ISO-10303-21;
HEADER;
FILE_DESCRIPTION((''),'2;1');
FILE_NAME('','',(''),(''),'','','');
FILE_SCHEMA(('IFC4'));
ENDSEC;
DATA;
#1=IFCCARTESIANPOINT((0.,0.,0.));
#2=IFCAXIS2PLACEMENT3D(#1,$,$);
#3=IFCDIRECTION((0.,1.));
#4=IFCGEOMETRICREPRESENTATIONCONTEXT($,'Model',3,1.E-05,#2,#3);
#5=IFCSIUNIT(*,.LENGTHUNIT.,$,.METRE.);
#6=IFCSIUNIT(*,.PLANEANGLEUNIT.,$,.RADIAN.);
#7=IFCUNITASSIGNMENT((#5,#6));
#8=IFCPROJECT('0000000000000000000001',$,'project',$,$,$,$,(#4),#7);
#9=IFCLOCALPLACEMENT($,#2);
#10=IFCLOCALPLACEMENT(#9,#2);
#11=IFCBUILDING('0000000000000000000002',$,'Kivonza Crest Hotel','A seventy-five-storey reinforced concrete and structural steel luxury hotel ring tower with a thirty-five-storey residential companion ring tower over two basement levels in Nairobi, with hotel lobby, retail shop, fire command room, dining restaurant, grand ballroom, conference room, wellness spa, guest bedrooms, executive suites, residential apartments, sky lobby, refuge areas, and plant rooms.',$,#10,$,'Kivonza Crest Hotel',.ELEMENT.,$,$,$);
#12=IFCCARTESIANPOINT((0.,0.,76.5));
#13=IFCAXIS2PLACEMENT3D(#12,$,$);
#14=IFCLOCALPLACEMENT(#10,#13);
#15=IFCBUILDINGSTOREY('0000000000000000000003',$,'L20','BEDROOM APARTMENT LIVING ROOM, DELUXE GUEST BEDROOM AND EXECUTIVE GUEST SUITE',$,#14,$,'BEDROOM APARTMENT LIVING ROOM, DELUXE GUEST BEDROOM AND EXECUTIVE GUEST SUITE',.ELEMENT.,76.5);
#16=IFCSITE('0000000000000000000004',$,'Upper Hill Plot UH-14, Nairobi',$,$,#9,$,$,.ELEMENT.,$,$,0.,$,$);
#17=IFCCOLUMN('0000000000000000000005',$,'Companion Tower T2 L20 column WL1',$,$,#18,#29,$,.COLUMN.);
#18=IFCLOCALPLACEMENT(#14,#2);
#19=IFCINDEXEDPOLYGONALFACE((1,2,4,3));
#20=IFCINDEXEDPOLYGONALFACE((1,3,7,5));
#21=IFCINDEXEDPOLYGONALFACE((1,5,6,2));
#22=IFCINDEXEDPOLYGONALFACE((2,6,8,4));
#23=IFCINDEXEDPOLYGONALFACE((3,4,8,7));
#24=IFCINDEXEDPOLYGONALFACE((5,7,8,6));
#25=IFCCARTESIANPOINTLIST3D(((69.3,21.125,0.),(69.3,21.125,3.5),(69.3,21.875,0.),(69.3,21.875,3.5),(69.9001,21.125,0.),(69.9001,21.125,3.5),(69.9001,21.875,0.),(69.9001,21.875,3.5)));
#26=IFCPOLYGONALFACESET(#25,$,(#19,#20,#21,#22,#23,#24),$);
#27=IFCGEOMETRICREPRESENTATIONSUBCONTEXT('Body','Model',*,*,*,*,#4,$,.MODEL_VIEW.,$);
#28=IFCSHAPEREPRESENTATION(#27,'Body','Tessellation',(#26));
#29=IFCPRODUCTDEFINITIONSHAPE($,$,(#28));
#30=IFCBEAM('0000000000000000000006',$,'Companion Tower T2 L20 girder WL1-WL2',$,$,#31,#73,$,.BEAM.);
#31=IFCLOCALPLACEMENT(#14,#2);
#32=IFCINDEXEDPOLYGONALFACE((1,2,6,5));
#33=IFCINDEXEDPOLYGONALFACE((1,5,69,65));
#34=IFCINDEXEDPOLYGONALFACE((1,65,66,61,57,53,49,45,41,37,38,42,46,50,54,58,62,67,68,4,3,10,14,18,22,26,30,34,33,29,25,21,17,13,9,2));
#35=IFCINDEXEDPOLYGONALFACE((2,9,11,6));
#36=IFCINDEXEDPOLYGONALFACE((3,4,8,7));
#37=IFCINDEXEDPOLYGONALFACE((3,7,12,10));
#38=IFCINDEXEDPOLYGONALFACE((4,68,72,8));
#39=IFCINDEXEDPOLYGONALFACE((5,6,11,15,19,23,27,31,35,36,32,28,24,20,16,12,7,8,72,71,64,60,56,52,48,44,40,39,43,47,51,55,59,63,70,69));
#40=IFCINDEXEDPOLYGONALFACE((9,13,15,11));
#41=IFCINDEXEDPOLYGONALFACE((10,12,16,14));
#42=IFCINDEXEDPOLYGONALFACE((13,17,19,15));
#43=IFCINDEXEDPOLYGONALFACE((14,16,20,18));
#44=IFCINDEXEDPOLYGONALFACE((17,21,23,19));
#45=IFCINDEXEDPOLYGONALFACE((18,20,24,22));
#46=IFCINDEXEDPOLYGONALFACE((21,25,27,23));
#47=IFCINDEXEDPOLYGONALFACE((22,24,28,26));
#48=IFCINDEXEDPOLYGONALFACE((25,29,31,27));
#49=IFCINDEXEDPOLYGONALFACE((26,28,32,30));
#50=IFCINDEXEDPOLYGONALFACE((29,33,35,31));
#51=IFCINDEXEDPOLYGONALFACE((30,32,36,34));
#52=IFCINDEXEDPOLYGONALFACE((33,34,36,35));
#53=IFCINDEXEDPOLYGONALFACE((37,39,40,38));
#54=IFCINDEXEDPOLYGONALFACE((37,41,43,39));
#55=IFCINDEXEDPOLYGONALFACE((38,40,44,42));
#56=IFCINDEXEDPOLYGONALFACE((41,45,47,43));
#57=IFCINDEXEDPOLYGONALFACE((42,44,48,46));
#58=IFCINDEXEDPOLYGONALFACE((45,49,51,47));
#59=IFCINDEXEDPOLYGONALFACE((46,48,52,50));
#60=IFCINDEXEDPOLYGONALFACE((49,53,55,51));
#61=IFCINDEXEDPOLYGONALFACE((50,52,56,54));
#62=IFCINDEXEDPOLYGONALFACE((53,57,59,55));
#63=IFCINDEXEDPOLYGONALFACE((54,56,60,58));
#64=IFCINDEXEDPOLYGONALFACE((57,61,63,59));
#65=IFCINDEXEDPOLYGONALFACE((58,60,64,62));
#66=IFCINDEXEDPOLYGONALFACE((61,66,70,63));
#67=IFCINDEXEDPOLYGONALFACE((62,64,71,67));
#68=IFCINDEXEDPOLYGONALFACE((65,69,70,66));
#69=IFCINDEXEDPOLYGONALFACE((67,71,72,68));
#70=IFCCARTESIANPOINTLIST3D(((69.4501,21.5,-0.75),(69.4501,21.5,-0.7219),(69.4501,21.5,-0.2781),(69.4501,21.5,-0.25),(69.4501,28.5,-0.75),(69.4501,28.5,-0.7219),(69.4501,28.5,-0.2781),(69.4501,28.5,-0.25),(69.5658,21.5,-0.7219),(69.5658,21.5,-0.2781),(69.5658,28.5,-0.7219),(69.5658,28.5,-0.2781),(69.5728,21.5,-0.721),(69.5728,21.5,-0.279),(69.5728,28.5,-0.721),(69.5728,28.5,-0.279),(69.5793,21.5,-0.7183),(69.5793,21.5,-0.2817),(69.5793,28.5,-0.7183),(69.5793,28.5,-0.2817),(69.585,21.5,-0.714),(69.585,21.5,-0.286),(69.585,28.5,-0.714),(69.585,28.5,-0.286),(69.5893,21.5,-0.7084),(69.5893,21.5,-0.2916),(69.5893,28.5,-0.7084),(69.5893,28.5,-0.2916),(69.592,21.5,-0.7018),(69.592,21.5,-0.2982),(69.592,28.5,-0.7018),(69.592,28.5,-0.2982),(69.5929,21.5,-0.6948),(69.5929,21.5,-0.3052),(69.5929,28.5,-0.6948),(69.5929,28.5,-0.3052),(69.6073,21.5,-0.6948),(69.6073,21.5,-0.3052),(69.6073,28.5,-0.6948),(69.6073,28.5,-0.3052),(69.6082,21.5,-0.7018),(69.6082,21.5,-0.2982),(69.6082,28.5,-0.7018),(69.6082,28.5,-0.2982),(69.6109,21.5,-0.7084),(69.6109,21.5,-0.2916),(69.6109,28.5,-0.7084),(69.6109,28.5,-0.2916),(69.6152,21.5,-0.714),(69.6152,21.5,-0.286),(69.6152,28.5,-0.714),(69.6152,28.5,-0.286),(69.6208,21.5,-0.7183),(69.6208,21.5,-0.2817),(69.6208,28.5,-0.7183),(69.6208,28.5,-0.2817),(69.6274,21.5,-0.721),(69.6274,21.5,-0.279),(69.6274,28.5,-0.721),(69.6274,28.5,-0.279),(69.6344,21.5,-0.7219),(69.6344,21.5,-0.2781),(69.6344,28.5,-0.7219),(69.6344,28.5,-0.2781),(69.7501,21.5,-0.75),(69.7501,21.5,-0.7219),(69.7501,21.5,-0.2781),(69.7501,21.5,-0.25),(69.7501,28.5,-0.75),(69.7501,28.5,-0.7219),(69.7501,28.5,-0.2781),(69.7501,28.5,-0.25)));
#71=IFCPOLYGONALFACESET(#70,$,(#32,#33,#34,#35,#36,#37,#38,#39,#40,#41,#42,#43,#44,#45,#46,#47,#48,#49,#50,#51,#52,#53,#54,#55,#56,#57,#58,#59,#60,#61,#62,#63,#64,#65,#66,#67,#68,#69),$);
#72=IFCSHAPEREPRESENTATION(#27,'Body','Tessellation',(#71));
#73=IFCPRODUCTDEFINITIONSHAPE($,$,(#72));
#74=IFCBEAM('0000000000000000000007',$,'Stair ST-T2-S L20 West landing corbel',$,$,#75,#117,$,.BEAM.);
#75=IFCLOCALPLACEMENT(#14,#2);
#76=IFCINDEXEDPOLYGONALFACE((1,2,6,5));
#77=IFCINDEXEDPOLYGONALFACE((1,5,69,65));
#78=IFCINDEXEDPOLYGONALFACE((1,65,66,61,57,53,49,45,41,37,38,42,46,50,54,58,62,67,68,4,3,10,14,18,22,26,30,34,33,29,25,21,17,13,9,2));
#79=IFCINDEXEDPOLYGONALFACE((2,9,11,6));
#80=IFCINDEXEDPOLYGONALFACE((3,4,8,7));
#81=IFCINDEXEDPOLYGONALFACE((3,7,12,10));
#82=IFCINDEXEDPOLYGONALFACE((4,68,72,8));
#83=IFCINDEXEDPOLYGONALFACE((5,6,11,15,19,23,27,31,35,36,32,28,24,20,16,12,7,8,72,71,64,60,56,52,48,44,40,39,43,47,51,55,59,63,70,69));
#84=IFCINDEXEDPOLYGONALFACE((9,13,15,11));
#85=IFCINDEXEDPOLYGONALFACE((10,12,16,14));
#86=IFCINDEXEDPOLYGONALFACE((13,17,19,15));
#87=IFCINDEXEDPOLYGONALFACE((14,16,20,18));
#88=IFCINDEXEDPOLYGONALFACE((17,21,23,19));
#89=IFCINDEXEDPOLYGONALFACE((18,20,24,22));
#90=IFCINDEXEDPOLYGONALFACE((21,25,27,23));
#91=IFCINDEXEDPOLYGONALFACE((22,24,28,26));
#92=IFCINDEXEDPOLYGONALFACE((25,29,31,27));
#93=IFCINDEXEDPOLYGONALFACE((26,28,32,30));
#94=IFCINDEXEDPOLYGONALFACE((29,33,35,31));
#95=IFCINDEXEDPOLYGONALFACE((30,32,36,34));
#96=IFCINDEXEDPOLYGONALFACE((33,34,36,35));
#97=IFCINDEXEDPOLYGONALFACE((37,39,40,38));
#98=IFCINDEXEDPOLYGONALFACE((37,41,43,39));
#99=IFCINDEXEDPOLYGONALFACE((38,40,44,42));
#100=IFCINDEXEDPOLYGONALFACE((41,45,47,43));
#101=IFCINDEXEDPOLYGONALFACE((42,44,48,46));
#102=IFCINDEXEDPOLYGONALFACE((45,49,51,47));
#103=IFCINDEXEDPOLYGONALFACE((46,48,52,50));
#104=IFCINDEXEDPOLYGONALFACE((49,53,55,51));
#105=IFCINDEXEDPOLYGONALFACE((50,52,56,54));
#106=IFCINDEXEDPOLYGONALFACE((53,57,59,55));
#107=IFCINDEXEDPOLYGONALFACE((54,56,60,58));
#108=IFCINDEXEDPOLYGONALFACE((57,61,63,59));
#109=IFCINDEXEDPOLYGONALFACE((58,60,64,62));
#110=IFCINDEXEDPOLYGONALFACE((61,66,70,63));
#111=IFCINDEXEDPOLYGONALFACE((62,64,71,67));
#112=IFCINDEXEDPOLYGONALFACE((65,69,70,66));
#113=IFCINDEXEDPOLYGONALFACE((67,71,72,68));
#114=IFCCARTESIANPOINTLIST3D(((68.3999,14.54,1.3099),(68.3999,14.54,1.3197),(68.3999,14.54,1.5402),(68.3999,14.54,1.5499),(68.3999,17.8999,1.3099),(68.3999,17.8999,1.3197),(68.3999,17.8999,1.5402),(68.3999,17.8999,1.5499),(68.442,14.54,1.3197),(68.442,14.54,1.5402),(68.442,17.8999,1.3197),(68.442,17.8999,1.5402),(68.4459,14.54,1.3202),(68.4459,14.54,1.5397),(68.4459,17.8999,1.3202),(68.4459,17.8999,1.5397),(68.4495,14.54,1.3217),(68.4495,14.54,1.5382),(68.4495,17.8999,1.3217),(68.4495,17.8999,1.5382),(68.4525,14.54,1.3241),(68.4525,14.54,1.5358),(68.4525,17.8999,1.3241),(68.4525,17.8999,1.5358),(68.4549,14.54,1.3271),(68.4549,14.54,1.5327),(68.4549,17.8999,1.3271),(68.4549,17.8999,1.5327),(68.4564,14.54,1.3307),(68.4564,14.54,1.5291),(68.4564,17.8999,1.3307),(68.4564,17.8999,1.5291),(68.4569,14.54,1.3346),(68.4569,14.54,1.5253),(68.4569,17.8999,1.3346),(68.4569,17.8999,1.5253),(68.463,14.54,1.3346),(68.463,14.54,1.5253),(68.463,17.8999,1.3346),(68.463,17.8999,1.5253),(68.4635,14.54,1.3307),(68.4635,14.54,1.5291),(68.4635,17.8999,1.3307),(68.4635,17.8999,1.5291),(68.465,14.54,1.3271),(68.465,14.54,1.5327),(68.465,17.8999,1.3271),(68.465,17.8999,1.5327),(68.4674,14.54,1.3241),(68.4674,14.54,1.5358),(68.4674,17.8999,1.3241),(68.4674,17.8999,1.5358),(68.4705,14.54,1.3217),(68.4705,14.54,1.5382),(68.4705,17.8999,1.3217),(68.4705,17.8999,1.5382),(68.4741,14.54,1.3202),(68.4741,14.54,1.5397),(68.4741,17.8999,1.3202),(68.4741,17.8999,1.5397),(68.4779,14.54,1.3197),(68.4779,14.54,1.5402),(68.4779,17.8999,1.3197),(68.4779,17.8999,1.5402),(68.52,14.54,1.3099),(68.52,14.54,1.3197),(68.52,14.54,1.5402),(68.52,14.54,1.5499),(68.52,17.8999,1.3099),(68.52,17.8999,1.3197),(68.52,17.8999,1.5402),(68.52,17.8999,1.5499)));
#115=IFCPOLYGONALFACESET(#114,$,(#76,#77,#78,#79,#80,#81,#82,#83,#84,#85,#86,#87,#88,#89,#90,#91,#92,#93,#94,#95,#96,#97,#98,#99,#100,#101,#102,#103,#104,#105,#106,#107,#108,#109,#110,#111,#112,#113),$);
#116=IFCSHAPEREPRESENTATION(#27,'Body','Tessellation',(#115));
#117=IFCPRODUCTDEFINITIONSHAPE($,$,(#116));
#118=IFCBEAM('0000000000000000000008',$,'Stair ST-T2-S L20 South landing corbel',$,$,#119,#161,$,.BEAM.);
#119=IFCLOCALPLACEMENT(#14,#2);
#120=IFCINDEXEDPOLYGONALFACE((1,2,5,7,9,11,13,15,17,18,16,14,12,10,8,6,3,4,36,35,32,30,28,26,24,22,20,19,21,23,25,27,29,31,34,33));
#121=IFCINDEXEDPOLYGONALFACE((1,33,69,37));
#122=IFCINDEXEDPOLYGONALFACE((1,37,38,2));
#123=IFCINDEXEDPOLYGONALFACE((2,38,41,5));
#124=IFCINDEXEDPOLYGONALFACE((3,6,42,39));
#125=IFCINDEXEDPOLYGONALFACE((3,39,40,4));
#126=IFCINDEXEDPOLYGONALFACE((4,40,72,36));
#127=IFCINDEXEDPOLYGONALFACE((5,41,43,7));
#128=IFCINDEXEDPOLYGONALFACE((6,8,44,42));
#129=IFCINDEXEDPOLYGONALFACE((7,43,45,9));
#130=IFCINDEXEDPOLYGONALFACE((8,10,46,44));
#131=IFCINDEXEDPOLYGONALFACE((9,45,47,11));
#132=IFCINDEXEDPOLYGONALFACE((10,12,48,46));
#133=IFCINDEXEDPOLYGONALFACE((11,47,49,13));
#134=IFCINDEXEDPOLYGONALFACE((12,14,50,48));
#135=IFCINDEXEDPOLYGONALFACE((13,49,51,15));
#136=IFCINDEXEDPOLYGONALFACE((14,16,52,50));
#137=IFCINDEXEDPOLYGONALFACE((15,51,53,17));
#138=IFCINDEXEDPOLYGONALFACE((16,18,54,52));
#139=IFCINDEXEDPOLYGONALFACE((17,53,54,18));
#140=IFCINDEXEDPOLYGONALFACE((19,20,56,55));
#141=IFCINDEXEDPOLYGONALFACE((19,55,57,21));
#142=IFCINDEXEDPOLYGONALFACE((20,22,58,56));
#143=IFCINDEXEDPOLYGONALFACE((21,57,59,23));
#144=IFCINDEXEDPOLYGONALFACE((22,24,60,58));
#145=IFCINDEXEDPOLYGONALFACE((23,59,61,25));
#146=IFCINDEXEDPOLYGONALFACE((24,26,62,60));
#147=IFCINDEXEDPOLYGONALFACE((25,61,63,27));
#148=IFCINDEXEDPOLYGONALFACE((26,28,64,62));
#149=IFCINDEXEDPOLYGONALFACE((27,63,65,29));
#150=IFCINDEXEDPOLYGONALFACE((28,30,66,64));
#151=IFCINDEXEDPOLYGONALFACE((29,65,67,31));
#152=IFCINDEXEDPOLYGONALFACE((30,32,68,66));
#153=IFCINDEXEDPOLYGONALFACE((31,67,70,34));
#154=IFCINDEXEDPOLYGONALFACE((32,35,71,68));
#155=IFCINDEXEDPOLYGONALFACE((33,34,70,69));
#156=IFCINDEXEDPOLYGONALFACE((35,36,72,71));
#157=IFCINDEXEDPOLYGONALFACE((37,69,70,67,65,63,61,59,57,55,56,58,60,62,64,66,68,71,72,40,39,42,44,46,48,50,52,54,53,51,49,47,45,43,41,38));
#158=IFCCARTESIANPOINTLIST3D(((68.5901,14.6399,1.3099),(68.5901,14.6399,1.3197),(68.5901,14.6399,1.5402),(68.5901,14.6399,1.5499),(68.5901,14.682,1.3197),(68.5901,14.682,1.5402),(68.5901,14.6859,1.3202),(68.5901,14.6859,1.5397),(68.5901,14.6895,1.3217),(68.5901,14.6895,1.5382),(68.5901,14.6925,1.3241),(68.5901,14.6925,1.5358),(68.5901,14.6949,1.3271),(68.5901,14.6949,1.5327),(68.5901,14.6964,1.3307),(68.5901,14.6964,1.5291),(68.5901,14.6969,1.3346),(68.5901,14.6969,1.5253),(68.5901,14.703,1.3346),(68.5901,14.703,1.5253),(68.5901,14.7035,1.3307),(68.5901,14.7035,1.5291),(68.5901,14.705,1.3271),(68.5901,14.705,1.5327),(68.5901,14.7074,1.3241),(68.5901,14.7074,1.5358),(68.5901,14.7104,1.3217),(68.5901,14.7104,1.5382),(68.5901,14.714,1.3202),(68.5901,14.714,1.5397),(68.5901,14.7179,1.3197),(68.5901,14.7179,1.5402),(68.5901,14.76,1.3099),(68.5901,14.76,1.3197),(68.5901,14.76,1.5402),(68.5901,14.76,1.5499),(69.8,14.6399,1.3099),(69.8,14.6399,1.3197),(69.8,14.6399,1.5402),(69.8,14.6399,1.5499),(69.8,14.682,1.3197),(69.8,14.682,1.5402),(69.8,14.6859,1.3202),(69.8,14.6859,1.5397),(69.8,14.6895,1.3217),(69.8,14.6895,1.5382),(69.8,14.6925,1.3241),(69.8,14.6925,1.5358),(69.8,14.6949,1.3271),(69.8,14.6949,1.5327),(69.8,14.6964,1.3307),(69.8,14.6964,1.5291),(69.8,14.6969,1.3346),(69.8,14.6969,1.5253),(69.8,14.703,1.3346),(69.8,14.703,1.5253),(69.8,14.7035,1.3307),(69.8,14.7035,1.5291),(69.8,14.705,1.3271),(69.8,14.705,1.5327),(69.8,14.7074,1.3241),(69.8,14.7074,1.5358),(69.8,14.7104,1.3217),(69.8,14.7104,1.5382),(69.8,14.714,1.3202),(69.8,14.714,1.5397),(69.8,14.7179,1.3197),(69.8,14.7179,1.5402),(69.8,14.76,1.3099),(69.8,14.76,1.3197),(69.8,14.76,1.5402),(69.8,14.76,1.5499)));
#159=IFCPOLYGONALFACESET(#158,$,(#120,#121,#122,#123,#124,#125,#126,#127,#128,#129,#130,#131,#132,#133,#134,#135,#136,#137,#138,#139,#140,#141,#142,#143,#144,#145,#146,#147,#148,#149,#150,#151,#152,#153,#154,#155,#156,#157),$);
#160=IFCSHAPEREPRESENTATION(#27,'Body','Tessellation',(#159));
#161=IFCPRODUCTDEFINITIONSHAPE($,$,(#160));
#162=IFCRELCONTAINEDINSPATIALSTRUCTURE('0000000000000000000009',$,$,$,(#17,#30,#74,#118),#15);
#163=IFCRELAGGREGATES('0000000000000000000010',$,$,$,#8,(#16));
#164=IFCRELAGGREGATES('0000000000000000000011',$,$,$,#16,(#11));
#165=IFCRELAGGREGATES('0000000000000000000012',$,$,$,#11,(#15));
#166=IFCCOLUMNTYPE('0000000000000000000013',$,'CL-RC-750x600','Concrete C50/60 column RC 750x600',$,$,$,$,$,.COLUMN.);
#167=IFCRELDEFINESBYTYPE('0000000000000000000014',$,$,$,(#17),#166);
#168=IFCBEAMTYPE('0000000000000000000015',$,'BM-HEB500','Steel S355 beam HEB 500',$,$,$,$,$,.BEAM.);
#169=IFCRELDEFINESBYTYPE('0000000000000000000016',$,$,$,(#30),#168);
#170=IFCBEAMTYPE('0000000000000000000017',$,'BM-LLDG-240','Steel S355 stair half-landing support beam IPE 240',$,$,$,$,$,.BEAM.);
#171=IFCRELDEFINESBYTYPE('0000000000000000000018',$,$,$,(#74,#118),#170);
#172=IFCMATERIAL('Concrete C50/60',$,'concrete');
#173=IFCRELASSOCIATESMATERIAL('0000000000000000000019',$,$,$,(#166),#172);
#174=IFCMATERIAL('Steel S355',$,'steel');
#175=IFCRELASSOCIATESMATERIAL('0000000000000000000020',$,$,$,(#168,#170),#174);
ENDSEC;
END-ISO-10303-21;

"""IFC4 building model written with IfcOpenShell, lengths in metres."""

from ifc_helpers import new_model, si_unit, direction, frame, origin, origin_2d, place, context, subcontext, project, spatial, rectangle, i_section, extrude, material, material_profile, profile_set, type_object, element, save


model = new_model("IFC4")

# Units and contexts
model_context = context("Model", 3, precision=1e-05, world=origin(), true_north=direction((0.0, 1.0)))
body_context = subcontext(model_context, "Body", "Model", "MODEL_VIEW")
ifc_project = project(units=[si_unit("LENGTHUNIT", "METRE"), si_unit("PLANEANGLEUNIT", "RADIAN")], contexts=[model_context])

# Site, building, storey
site_placement = place(None, origin())
site = spatial("IfcSite", under=ifc_project, at=site_placement, Name="Upper Hill Plot UH-14, Nairobi", CompositionType="ELEMENT", RefElevation=0.0)
building_placement = place(site_placement, origin())
building = spatial("IfcBuilding", under=site, at=building_placement, Name="Kivonza Crest Hotel", Description="A seventy-five-storey reinforced concrete and structural steel luxury hotel ring tower with a thirty-five-storey residential companion ring tower over two basement levels in Nairobi, with hotel lobby, retail shop, fire command room, dining restaurant, grand ballroom, conference room, wellness spa, guest bedrooms, executive suites, residential apartments, sky lobby, refuge areas, and plant rooms.", LongName="Kivonza Crest Hotel", CompositionType="ELEMENT")
storey_placement = place(building_placement, frame((0.0, 0.0, 76.5)))
storey = spatial("IfcBuildingStorey", under=building, at=storey_placement, Name="L20", Description="BEDROOM APARTMENT LIVING ROOM, DELUXE GUEST BEDROOM AND EXECUTIVE GUEST SUITE", LongName="BEDROOM APARTMENT LIVING ROOM, DELUXE GUEST BEDROOM AND EXECUTIVE GUEST SUITE", CompositionType="ELEMENT", Elevation=76.5)

# Column
ifc_material_1 = material(Name="Concrete C50/60", Category="concrete")
ifc_material_profile_1 = material_profile(ifc_material_1, rectangle(XDim=0.6001, YDim=0.75, at=origin_2d()), Name="RC 750x600")
ifc_profile_set_1 = profile_set([ifc_material_profile_1], Name="Concrete C50/60")
column_type = type_object("IfcColumnType", Name="CL-RC-750x600", Description="Concrete C50/60 column RC 750x600", PredefinedType="COLUMN", material=ifc_profile_set_1)
column_placement = place(storey_placement, frame((69.6001, 21.5, 0.0), z_axis=(0.0, 0.0, 1.0), x_axis=(1.0, 0.0, 0.0)))
element("IfcColumn", 1, at=column_placement, inside=storey, type_object=column_type, Name="Companion Tower T2 L20 column WL1", PredefinedType="COLUMN", context=body_context, shape_type="SweptSolid", body=[
    extrude(rectangle(XDim=0.6001, YDim=0.75, at=origin_2d()), origin(), (0.0, 0.0, 1.0), 3.5),
])

# Beams
ifc_material_2 = material(Name="Steel S355", Category="steel")
ifc_material_profile_2 = material_profile(ifc_material_2, i_section(OverallWidth=0.3, OverallDepth=0.5, WebThickness=0.0144, FlangeThickness=0.0281, FilletRadius=0.0271, at=origin_2d()), Name="HEB 500")
ifc_profile_set_2 = profile_set([ifc_material_profile_2], Name="Steel S355")
beam_type_1 = type_object("IfcBeamType", Name="BM-HEB500", Description="Steel S355 beam HEB 500", PredefinedType="BEAM", material=ifc_profile_set_2)
beam_1_placement = place(storey_placement, frame((69.6001, 21.5, -0.5), z_axis=(0.0, 1.0, 0.0), x_axis=(-1.0, 0.0, 0.0)))
element("IfcBeam", 2, at=beam_1_placement, inside=storey, type_object=beam_type_1, Name="Companion Tower T2 L20 girder WL1-WL2", PredefinedType="BEAM", context=body_context, shape_type="SweptSolid", body=[
    extrude(i_section(OverallWidth=0.3, OverallDepth=0.5, WebThickness=0.0144, FlangeThickness=0.0281, FilletRadius=0.0271, at=origin_2d()), origin(), (0.0, 0.0, 1.0), 7.0),
])
ifc_material_profile_3 = material_profile(ifc_material_2, i_section(OverallWidth=0.1201, OverallDepth=0.24, WebThickness=0.0061, FlangeThickness=0.0098, FilletRadius=0.0149, at=origin_2d()), Name="IPE 240")
ifc_profile_set_3 = profile_set([ifc_material_profile_3], Name="Steel S355")
beam_type_2 = type_object("IfcBeamType", Name="BM-LLDG-240", Description="Steel S355 stair half-landing support beam IPE 240", PredefinedType="BEAM", material=ifc_profile_set_3)
beam_2_placement = place(storey_placement, frame((68.46, 14.54, 1.4299), z_axis=(0.0, 1.0, 0.0), x_axis=(-1.0, 0.0, 0.0)))
element("IfcBeam", 3, at=beam_2_placement, inside=storey, type_object=beam_type_2, Name="Stair ST-T2-S L20 West landing corbel", PredefinedType="BEAM", context=body_context, shape_type="SweptSolid", body=[
    extrude(i_section(OverallWidth=0.1201, OverallDepth=0.24, WebThickness=0.0061, FlangeThickness=0.0098, FilletRadius=0.0149, at=origin_2d()), origin(), (0.0, 0.0, 1.0), 3.3599),
])
for number, where, z_axis, x_axis, name in (
    (4, (68.5901, 14.7, 1.4299), (1.0, 0.0, 0.0), (0.0, 1.0, 0.0), "Stair ST-T2-S L20 South landing corbel"),
):
    element("IfcBeam", number, at=place(storey_placement, frame(where, z_axis=z_axis, x_axis=x_axis)), inside=storey, type_object=beam_type_2, Name=name, PredefinedType="BEAM", context=body_context, shape_type="SweptSolid", body=[
        extrude(i_section(OverallWidth=0.1201, OverallDepth=0.24, WebThickness=0.0061, FlangeThickness=0.0098, FilletRadius=0.0149, at=origin_2d()), origin(), (0.0, 0.0, 1.0), 1.21),
    ])

save(model, "model.ifc")
